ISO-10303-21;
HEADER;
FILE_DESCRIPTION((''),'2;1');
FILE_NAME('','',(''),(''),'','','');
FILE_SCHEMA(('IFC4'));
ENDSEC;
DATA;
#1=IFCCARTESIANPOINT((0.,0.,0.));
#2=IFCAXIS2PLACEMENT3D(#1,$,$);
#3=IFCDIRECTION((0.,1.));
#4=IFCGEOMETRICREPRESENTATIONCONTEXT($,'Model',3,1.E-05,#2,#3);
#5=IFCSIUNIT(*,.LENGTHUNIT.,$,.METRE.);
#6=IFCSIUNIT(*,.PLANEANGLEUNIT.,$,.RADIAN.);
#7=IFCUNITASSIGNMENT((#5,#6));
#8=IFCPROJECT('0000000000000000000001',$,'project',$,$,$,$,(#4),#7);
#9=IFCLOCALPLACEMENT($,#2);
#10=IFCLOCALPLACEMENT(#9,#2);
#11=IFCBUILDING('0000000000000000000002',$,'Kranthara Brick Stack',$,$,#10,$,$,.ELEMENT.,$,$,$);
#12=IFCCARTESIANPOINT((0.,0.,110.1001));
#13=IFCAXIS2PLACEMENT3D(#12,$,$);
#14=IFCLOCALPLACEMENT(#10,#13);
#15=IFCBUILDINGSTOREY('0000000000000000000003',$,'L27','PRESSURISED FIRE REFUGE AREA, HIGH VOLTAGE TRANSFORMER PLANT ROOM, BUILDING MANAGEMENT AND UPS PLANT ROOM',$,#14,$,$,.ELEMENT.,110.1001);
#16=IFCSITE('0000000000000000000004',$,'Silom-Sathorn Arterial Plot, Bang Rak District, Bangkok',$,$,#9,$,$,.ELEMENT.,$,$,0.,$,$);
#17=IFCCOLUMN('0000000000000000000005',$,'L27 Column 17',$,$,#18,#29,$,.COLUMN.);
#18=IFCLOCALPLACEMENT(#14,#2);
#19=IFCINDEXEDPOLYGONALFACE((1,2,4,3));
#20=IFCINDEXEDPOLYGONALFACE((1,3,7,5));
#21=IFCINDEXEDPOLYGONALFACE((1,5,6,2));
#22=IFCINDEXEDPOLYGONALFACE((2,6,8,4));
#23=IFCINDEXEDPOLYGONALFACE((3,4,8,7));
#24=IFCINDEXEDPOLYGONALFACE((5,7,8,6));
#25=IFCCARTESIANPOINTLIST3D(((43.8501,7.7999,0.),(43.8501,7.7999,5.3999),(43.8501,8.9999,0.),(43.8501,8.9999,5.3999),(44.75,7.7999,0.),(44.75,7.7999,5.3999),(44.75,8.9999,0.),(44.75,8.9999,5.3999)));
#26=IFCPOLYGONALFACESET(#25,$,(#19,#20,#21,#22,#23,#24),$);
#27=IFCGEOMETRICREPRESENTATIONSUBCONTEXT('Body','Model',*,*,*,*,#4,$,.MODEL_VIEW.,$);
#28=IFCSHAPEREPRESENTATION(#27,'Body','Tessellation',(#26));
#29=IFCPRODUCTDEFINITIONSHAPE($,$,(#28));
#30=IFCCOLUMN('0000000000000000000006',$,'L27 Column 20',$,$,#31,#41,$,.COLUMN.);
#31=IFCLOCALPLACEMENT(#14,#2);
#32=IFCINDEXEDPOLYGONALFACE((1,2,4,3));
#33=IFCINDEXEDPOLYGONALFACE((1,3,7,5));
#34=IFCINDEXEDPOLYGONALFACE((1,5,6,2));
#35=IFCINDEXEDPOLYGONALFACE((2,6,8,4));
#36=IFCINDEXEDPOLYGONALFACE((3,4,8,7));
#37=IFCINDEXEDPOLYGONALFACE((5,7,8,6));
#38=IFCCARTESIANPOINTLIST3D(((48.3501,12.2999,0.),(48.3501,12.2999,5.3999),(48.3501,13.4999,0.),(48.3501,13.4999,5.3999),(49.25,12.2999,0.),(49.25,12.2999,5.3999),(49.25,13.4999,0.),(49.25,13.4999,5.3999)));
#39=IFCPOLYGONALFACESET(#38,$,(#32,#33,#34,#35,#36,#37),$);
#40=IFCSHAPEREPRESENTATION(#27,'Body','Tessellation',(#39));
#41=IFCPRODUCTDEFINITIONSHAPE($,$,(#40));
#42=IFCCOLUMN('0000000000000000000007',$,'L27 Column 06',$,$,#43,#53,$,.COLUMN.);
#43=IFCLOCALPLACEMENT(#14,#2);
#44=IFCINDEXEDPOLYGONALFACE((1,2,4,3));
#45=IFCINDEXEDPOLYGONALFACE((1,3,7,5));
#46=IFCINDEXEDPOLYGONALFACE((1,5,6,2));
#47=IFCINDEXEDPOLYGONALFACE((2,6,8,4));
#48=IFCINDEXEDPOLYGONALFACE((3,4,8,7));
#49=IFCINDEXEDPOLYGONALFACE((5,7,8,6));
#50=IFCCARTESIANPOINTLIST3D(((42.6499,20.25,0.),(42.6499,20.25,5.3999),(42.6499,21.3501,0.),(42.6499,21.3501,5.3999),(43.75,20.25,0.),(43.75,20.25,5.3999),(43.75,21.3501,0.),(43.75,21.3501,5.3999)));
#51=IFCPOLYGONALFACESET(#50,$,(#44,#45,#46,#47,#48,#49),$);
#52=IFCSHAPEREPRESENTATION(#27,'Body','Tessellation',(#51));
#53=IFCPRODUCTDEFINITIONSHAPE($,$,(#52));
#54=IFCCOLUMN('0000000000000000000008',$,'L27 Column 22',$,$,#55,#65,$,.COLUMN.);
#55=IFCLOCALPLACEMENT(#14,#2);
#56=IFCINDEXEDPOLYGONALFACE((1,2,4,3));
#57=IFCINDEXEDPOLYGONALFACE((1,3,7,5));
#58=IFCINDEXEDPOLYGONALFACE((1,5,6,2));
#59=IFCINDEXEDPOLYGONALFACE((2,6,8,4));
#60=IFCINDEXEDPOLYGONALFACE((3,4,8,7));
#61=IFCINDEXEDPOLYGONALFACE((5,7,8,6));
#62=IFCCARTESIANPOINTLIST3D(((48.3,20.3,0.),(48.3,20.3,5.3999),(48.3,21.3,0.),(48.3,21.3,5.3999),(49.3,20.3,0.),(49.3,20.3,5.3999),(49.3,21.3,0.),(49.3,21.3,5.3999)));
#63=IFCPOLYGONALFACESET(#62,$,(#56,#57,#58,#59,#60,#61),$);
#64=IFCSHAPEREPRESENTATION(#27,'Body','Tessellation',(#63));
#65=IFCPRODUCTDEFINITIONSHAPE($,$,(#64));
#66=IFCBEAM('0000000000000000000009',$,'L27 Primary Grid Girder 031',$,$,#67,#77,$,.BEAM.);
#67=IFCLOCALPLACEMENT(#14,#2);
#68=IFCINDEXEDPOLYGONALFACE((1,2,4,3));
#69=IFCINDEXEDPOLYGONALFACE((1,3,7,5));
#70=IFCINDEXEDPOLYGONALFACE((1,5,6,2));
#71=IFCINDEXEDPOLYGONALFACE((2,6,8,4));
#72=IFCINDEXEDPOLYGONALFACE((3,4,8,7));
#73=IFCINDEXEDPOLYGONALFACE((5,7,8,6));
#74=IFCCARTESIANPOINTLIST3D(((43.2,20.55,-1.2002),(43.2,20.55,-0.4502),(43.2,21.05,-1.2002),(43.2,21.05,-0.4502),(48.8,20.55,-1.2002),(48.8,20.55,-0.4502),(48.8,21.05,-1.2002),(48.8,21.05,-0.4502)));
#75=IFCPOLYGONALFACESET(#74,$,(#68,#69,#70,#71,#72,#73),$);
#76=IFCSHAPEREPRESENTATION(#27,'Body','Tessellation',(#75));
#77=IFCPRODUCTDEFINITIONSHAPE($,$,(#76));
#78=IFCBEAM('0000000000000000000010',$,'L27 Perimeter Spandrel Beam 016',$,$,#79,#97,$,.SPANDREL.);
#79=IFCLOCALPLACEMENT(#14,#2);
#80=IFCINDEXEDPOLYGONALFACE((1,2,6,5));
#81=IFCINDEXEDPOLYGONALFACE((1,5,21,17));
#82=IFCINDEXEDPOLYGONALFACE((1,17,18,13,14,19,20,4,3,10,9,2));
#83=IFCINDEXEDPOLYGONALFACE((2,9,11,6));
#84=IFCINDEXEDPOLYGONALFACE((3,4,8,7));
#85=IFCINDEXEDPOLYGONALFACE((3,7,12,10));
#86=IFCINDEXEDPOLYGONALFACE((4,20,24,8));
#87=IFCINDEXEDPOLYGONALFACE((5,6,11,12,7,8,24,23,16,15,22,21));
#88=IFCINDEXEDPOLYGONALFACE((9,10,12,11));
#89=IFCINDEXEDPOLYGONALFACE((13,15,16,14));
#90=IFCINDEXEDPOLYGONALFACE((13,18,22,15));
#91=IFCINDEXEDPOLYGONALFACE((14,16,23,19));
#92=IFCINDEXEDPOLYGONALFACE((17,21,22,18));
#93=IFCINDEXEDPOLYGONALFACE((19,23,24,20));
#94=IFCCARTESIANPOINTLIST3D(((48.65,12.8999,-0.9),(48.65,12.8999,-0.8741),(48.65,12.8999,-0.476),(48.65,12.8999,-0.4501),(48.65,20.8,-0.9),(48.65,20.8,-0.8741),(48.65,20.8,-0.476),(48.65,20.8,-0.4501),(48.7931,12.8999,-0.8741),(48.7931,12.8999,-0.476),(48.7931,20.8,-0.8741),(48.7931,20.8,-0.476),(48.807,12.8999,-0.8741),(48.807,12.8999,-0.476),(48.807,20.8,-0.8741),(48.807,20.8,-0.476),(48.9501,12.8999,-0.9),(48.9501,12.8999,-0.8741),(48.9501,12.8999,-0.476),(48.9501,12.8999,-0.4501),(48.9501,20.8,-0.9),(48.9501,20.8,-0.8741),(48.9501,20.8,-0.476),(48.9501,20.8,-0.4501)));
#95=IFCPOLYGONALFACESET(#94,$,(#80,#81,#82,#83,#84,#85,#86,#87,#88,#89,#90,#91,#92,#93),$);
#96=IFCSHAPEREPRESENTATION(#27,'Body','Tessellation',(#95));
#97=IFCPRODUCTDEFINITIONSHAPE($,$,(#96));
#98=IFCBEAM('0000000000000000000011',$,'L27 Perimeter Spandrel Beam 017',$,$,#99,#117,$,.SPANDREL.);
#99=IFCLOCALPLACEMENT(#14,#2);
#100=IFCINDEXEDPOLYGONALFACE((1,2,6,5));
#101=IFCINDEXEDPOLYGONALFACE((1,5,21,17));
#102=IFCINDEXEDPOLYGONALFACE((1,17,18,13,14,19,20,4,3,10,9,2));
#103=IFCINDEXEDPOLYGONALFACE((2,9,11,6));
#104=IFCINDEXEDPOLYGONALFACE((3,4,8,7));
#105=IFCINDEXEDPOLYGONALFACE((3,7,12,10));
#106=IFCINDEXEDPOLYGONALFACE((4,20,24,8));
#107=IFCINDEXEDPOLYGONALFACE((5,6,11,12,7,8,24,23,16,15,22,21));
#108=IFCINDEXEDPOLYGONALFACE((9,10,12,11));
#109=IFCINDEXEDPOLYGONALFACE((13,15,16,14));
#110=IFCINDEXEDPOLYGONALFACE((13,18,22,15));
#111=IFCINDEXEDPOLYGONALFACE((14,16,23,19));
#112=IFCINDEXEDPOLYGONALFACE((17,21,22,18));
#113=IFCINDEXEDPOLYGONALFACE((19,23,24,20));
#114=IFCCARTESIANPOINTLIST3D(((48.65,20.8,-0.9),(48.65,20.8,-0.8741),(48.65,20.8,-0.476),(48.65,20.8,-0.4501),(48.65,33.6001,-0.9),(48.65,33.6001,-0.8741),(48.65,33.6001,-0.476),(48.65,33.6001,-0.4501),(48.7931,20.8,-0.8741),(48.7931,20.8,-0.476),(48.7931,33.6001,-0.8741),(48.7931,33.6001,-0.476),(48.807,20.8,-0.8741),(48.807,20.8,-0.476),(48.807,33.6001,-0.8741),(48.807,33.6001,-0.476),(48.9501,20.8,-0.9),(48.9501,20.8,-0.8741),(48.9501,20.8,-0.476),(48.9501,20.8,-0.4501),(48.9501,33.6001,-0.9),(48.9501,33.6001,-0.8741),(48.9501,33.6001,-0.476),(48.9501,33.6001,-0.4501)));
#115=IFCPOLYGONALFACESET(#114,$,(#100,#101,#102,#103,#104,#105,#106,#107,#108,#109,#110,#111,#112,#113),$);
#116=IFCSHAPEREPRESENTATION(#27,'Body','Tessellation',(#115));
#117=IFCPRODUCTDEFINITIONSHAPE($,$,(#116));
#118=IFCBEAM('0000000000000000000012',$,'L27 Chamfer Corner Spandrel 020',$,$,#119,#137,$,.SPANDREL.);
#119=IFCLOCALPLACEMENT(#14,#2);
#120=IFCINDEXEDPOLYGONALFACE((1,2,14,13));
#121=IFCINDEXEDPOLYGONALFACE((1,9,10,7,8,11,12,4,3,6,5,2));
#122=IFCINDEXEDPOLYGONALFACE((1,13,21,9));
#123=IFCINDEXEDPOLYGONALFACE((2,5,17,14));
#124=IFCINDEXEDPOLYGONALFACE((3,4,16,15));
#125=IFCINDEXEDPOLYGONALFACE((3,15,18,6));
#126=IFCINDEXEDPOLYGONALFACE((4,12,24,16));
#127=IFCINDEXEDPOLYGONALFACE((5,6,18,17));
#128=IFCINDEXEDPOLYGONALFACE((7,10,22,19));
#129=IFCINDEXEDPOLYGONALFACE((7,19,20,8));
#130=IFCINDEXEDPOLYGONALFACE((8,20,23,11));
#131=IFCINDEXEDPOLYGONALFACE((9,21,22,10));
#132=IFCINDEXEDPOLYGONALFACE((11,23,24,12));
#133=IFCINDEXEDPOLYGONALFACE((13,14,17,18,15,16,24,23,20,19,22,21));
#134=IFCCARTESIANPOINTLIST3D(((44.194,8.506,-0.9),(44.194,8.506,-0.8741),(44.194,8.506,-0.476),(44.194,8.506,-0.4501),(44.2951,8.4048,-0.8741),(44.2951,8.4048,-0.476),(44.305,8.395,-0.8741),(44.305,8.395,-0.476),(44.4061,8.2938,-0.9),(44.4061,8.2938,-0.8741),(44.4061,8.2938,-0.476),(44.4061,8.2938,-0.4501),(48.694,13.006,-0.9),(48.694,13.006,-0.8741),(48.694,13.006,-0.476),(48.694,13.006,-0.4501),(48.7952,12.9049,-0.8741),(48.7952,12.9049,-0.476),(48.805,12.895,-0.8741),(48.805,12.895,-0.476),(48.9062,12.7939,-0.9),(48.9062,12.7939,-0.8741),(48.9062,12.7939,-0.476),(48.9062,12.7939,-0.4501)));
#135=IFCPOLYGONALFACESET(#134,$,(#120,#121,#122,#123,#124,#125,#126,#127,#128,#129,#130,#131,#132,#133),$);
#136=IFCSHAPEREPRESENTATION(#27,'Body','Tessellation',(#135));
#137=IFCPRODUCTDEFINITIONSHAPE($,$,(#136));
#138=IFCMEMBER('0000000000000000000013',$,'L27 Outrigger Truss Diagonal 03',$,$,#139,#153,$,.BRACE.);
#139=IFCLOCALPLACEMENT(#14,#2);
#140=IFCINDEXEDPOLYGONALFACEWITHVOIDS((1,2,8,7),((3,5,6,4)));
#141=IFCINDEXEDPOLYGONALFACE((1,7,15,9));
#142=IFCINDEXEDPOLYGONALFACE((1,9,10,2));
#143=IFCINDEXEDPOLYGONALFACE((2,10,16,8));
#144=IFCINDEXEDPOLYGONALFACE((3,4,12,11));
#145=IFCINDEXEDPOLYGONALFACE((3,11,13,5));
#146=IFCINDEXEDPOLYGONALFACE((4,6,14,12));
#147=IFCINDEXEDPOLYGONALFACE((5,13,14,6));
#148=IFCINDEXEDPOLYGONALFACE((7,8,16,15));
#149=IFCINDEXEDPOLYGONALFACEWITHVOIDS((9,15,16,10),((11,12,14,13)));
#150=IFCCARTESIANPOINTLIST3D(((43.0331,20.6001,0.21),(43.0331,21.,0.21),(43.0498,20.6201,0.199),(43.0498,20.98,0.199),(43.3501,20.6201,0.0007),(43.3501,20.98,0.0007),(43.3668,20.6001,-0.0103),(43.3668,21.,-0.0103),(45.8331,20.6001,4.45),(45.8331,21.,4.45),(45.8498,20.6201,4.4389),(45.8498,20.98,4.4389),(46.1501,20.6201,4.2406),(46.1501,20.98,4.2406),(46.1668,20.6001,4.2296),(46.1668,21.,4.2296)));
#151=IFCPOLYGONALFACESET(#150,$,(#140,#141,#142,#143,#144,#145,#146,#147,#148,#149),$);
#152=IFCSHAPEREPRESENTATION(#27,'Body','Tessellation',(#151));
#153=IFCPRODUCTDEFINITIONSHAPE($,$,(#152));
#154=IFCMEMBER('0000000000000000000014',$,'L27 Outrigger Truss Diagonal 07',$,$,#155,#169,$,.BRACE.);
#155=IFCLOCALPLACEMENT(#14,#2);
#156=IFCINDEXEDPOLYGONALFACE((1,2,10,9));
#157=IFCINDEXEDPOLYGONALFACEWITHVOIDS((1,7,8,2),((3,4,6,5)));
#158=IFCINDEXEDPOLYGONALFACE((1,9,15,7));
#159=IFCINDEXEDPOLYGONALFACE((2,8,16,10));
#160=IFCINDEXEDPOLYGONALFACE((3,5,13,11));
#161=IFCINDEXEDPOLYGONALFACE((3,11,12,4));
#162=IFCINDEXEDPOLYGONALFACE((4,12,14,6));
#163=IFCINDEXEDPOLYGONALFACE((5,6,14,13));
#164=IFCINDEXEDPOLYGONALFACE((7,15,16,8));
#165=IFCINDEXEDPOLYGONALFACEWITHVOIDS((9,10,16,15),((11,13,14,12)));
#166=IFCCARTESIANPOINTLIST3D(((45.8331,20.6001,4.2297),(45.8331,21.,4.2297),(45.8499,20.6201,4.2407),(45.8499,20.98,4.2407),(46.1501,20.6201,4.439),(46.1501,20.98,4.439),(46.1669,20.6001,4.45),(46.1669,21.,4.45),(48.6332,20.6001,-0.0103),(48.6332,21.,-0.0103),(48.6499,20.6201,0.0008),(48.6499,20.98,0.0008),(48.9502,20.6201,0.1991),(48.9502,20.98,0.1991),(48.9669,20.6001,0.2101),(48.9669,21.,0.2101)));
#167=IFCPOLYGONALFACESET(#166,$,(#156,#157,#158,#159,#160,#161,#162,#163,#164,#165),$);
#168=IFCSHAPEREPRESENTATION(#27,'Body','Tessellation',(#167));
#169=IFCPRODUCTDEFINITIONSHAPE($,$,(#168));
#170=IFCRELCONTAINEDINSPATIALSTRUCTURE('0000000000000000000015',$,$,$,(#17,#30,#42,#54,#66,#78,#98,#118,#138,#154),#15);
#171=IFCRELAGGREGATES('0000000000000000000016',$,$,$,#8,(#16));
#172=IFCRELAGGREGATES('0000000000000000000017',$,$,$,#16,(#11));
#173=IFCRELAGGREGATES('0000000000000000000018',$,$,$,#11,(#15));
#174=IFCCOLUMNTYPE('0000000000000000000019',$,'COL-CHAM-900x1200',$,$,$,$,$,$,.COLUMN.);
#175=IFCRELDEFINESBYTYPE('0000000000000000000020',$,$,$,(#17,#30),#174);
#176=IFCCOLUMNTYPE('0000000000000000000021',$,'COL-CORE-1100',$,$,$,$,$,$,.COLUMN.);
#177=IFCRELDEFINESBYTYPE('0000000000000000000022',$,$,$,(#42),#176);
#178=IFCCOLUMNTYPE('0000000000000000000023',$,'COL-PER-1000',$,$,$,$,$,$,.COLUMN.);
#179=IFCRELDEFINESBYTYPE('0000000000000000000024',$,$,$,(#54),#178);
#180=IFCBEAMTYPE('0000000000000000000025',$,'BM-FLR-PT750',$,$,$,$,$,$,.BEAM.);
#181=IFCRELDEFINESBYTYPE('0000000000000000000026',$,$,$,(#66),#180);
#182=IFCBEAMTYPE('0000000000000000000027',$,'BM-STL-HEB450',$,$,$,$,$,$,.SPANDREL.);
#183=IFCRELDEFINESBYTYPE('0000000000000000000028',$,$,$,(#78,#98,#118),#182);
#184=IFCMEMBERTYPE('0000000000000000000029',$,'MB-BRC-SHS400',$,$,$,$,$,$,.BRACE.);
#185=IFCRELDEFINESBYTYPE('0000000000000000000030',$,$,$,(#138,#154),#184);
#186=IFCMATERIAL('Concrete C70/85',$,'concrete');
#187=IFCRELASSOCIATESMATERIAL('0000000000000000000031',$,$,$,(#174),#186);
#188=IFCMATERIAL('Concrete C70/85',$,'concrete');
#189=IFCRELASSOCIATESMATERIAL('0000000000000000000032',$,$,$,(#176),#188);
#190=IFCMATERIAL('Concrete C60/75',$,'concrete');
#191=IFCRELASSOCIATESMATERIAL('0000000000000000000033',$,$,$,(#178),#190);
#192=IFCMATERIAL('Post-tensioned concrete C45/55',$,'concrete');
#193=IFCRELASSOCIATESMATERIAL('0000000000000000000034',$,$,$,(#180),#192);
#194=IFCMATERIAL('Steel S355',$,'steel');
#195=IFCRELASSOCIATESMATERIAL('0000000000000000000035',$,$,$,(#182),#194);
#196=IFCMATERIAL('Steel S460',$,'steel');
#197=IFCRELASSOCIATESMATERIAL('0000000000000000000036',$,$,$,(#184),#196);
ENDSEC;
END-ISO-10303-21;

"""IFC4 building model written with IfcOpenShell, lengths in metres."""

from ifc_helpers import new_model, si_unit, direction, frame, origin, origin_2d, place, context, subcontext, project, spatial, rectangle, hollow_rectangle, i_section, extrude, material, material_profile, profile_set, type_object, element, save


model = new_model("IFC4")

# Units and contexts
model_context = context("Model", 3, precision=1e-05, world=origin(), true_north=direction((0.0, 1.0)))
body_context = subcontext(model_context, "Body", "Model", "MODEL_VIEW")
ifc_project = project(units=[si_unit("LENGTHUNIT", "METRE"), si_unit("PLANEANGLEUNIT", "RADIAN")], contexts=[model_context])

# Site, building, storey
site_placement = place(None, origin())
site = spatial("IfcSite", under=ifc_project, at=site_placement, Name="Silom-Sathorn Arterial Plot, Bang Rak District, Bangkok", CompositionType="ELEMENT", RefElevation=0.0)
building_placement = place(site_placement, origin())
building = spatial("IfcBuilding", under=site, at=building_placement, Name="Kranthara Brick Stack", CompositionType="ELEMENT")
storey_placement = place(building_placement, frame((0.0, 0.0, 110.1001)))
storey = spatial("IfcBuildingStorey", under=building, at=storey_placement, Name="L27", Description="PRESSURISED FIRE REFUGE AREA, HIGH VOLTAGE TRANSFORMER PLANT ROOM, BUILDING MANAGEMENT AND UPS PLANT ROOM", CompositionType="ELEMENT", Elevation=110.1001)

# Columns
ifc_material_1 = material(Name="Concrete C70/85", Category="concrete")
ifc_material_profile_1 = material_profile(ifc_material_1, rectangle(XDim=0.8999, YDim=1.2, at=origin_2d()), Name="RC 900x1200")
ifc_profile_set_1 = profile_set([ifc_material_profile_1], Name="Concrete C70/85")
column_type_1 = type_object("IfcColumnType", Name="COL-CHAM-900x1200", PredefinedType="COLUMN", material=ifc_profile_set_1)
for number, where, z_axis, x_axis, name in (
    (1, (44.3, 8.3999, 0.0), (0.0, 0.0, 1.0), (1.0, 0.0, 0.0), "L27 Column 17"),
    (2, (48.8, 12.8999, 0.0), (0.0, 0.0, 1.0), (1.0, 0.0, 0.0), "L27 Column 20"),
):
    element("IfcColumn", number, at=place(storey_placement, frame(where, z_axis=z_axis, x_axis=x_axis)), inside=storey, type_object=column_type_1, Name=name, PredefinedType="COLUMN", context=body_context, shape_type="SweptSolid", body=[
        extrude(rectangle(XDim=0.8999, YDim=1.2, at=origin_2d()), origin(), (0.0, 0.0, 1.0), 5.3999),
    ])
ifc_material_2 = material(Name="Concrete C70/85", Category="concrete")
ifc_material_profile_2 = material_profile(ifc_material_2, rectangle(XDim=1.1001, YDim=1.1001, at=origin_2d()), Name="RC 1100x1100")
ifc_profile_set_2 = profile_set([ifc_material_profile_2], Name="Concrete C70/85")
column_type_2 = type_object("IfcColumnType", Name="COL-CORE-1100", PredefinedType="COLUMN", material=ifc_profile_set_2)
column_1_placement = place(storey_placement, frame((43.2, 20.8, 0.0), z_axis=(0.0, 0.0, 1.0), x_axis=(1.0, 0.0, 0.0)))
element("IfcColumn", 3, at=column_1_placement, inside=storey, type_object=column_type_2, Name="L27 Column 06", PredefinedType="COLUMN", context=body_context, shape_type="SweptSolid", body=[
    extrude(rectangle(XDim=1.1001, YDim=1.1001, at=origin_2d()), origin(), (0.0, 0.0, 1.0), 5.3999),
])
ifc_material_3 = material(Name="Concrete C60/75", Category="concrete")
ifc_material_profile_3 = material_profile(ifc_material_3, rectangle(XDim=1.0, YDim=1.0, at=origin_2d()), Name="RC 1000x1000")
ifc_profile_set_3 = profile_set([ifc_material_profile_3], Name="Concrete C60/75")
column_type_3 = type_object("IfcColumnType", Name="COL-PER-1000", PredefinedType="COLUMN", material=ifc_profile_set_3)
column_2_placement = place(storey_placement, frame((48.8, 20.8, 0.0), z_axis=(0.0, 0.0, 1.0), x_axis=(1.0, 0.0, 0.0)))
element("IfcColumn", 4, at=column_2_placement, inside=storey, type_object=column_type_3, Name="L27 Column 22", PredefinedType="COLUMN", context=body_context, shape_type="SweptSolid", body=[
    extrude(rectangle(XDim=1.0, YDim=1.0, at=origin_2d()), origin(), (0.0, 0.0, 1.0), 5.3999),
])

# Beams
ifc_material_4 = material(Name="Post-tensioned concrete C45/55", Category="concrete")
ifc_material_profile_4 = material_profile(ifc_material_4, rectangle(XDim=0.5, YDim=0.75, at=origin_2d()), Name="PT 500x750")
ifc_profile_set_4 = profile_set([ifc_material_profile_4], Name="Post-tensioned concrete C45/55")
beam_type_1 = type_object("IfcBeamType", Name="BM-FLR-PT750", PredefinedType="BEAM", material=ifc_profile_set_4)
beam_1_placement = place(storey_placement, frame((43.2, 20.8, -0.8252), z_axis=(1.0, 0.0, 0.0), x_axis=(0.0, 1.0, 0.0)))
element("IfcBeam", 5, at=beam_1_placement, inside=storey, type_object=beam_type_1, Name="L27 Primary Grid Girder 031", PredefinedType="BEAM", context=body_context, shape_type="SweptSolid", body=[
    extrude(rectangle(XDim=0.5, YDim=0.75, at=origin_2d()), origin(), (0.0, 0.0, 1.0), 5.6001),
])
ifc_material_5 = material(Name="Steel S355", Category="steel")
ifc_material_profile_5 = material_profile(ifc_material_5, i_section(OverallWidth=0.3, OverallDepth=0.45, WebThickness=0.0139, FlangeThickness=0.0259, at=origin_2d()), Name="HEB 450")
ifc_profile_set_5 = profile_set([ifc_material_profile_5], Name="Steel S355")
beam_type_2 = type_object("IfcBeamType", Name="BM-STL-HEB450", PredefinedType="SPANDREL", material=ifc_profile_set_5)
beam_2_placement = place(storey_placement, frame((48.8, 12.8999, -0.675), z_axis=(0.0, 1.0, 0.0), x_axis=(-1.0, 0.0, 0.0)))
element("IfcBeam", 6, at=beam_2_placement, inside=storey, type_object=beam_type_2, Name="L27 Perimeter Spandrel Beam 016", PredefinedType="SPANDREL", context=body_context, shape_type="SweptSolid", body=[
    extrude(i_section(OverallWidth=0.3, OverallDepth=0.45, WebThickness=0.0139, FlangeThickness=0.0259, at=origin_2d()), origin(), (0.0, 0.0, 1.0), 7.9001),
])
beam_3_placement = place(storey_placement, frame((48.8, 20.8, -0.675), z_axis=(0.0, 1.0, 0.0), x_axis=(-1.0, 0.0, 0.0)))
element("IfcBeam", 7, at=beam_3_placement, inside=storey, type_object=beam_type_2, Name="L27 Perimeter Spandrel Beam 017", PredefinedType="SPANDREL", context=body_context, shape_type="SweptSolid", body=[
    extrude(i_section(OverallWidth=0.3, OverallDepth=0.45, WebThickness=0.0139, FlangeThickness=0.0259, at=origin_2d()), origin(), (0.0, 0.0, 1.0), 12.8),
])
beam_4_placement = place(storey_placement, frame((44.3, 8.3999, -0.675), z_axis=(0.707107, 0.707107, 0.0), x_axis=(-0.707107, 0.707107, 0.0)))
element("IfcBeam", 8, at=beam_4_placement, inside=storey, type_object=beam_type_2, Name="L27 Chamfer Corner Spandrel 020", PredefinedType="SPANDREL", context=body_context, shape_type="SweptSolid", body=[
    extrude(i_section(OverallWidth=0.3, OverallDepth=0.45, WebThickness=0.0139, FlangeThickness=0.0259, at=origin_2d()), origin(), (0.0, 0.0, 1.0), 6.364),
])

# Members
ifc_material_6 = material(Name="Steel S460", Category="steel")
ifc_material_profile_6 = material_profile(ifc_material_6, hollow_rectangle(XDim=0.3999, YDim=0.3999, WallThickness=0.02, at=origin_2d()), Name="SHS 400x400x20")
ifc_profile_set_6 = profile_set([ifc_material_profile_6], Name="Steel S460")
member_type_1 = type_object("IfcMemberType", Name="MB-BRC-SHS400", PredefinedType="BRACE", material=ifc_profile_set_6)
for number, where, z_axis, x_axis, name in (
    (9, (43.2, 20.8, 0.0999), (0.551069, 0.0, 0.83446), (0.0, 1.0, 0.0), "L27 Outrigger Truss Diagonal 03"),
    (10, (46.0, 20.8, 4.3398), (0.551069, 0.0, -0.83446), (0.0, 1.0, 0.0), "L27 Outrigger Truss Diagonal 07"),
):
    element("IfcMember", number, at=place(storey_placement, frame(where, z_axis=z_axis, x_axis=x_axis)), inside=storey, type_object=member_type_1, Name=name, PredefinedType="BRACE", context=body_context, shape_type="SweptSolid", body=[
        extrude(hollow_rectangle(XDim=0.3999, YDim=0.3999, WallThickness=0.02, at=origin_2d()), origin(), (0.0, 0.0, 1.0), 5.0811),
    ])

save(model, "model.ifc")
